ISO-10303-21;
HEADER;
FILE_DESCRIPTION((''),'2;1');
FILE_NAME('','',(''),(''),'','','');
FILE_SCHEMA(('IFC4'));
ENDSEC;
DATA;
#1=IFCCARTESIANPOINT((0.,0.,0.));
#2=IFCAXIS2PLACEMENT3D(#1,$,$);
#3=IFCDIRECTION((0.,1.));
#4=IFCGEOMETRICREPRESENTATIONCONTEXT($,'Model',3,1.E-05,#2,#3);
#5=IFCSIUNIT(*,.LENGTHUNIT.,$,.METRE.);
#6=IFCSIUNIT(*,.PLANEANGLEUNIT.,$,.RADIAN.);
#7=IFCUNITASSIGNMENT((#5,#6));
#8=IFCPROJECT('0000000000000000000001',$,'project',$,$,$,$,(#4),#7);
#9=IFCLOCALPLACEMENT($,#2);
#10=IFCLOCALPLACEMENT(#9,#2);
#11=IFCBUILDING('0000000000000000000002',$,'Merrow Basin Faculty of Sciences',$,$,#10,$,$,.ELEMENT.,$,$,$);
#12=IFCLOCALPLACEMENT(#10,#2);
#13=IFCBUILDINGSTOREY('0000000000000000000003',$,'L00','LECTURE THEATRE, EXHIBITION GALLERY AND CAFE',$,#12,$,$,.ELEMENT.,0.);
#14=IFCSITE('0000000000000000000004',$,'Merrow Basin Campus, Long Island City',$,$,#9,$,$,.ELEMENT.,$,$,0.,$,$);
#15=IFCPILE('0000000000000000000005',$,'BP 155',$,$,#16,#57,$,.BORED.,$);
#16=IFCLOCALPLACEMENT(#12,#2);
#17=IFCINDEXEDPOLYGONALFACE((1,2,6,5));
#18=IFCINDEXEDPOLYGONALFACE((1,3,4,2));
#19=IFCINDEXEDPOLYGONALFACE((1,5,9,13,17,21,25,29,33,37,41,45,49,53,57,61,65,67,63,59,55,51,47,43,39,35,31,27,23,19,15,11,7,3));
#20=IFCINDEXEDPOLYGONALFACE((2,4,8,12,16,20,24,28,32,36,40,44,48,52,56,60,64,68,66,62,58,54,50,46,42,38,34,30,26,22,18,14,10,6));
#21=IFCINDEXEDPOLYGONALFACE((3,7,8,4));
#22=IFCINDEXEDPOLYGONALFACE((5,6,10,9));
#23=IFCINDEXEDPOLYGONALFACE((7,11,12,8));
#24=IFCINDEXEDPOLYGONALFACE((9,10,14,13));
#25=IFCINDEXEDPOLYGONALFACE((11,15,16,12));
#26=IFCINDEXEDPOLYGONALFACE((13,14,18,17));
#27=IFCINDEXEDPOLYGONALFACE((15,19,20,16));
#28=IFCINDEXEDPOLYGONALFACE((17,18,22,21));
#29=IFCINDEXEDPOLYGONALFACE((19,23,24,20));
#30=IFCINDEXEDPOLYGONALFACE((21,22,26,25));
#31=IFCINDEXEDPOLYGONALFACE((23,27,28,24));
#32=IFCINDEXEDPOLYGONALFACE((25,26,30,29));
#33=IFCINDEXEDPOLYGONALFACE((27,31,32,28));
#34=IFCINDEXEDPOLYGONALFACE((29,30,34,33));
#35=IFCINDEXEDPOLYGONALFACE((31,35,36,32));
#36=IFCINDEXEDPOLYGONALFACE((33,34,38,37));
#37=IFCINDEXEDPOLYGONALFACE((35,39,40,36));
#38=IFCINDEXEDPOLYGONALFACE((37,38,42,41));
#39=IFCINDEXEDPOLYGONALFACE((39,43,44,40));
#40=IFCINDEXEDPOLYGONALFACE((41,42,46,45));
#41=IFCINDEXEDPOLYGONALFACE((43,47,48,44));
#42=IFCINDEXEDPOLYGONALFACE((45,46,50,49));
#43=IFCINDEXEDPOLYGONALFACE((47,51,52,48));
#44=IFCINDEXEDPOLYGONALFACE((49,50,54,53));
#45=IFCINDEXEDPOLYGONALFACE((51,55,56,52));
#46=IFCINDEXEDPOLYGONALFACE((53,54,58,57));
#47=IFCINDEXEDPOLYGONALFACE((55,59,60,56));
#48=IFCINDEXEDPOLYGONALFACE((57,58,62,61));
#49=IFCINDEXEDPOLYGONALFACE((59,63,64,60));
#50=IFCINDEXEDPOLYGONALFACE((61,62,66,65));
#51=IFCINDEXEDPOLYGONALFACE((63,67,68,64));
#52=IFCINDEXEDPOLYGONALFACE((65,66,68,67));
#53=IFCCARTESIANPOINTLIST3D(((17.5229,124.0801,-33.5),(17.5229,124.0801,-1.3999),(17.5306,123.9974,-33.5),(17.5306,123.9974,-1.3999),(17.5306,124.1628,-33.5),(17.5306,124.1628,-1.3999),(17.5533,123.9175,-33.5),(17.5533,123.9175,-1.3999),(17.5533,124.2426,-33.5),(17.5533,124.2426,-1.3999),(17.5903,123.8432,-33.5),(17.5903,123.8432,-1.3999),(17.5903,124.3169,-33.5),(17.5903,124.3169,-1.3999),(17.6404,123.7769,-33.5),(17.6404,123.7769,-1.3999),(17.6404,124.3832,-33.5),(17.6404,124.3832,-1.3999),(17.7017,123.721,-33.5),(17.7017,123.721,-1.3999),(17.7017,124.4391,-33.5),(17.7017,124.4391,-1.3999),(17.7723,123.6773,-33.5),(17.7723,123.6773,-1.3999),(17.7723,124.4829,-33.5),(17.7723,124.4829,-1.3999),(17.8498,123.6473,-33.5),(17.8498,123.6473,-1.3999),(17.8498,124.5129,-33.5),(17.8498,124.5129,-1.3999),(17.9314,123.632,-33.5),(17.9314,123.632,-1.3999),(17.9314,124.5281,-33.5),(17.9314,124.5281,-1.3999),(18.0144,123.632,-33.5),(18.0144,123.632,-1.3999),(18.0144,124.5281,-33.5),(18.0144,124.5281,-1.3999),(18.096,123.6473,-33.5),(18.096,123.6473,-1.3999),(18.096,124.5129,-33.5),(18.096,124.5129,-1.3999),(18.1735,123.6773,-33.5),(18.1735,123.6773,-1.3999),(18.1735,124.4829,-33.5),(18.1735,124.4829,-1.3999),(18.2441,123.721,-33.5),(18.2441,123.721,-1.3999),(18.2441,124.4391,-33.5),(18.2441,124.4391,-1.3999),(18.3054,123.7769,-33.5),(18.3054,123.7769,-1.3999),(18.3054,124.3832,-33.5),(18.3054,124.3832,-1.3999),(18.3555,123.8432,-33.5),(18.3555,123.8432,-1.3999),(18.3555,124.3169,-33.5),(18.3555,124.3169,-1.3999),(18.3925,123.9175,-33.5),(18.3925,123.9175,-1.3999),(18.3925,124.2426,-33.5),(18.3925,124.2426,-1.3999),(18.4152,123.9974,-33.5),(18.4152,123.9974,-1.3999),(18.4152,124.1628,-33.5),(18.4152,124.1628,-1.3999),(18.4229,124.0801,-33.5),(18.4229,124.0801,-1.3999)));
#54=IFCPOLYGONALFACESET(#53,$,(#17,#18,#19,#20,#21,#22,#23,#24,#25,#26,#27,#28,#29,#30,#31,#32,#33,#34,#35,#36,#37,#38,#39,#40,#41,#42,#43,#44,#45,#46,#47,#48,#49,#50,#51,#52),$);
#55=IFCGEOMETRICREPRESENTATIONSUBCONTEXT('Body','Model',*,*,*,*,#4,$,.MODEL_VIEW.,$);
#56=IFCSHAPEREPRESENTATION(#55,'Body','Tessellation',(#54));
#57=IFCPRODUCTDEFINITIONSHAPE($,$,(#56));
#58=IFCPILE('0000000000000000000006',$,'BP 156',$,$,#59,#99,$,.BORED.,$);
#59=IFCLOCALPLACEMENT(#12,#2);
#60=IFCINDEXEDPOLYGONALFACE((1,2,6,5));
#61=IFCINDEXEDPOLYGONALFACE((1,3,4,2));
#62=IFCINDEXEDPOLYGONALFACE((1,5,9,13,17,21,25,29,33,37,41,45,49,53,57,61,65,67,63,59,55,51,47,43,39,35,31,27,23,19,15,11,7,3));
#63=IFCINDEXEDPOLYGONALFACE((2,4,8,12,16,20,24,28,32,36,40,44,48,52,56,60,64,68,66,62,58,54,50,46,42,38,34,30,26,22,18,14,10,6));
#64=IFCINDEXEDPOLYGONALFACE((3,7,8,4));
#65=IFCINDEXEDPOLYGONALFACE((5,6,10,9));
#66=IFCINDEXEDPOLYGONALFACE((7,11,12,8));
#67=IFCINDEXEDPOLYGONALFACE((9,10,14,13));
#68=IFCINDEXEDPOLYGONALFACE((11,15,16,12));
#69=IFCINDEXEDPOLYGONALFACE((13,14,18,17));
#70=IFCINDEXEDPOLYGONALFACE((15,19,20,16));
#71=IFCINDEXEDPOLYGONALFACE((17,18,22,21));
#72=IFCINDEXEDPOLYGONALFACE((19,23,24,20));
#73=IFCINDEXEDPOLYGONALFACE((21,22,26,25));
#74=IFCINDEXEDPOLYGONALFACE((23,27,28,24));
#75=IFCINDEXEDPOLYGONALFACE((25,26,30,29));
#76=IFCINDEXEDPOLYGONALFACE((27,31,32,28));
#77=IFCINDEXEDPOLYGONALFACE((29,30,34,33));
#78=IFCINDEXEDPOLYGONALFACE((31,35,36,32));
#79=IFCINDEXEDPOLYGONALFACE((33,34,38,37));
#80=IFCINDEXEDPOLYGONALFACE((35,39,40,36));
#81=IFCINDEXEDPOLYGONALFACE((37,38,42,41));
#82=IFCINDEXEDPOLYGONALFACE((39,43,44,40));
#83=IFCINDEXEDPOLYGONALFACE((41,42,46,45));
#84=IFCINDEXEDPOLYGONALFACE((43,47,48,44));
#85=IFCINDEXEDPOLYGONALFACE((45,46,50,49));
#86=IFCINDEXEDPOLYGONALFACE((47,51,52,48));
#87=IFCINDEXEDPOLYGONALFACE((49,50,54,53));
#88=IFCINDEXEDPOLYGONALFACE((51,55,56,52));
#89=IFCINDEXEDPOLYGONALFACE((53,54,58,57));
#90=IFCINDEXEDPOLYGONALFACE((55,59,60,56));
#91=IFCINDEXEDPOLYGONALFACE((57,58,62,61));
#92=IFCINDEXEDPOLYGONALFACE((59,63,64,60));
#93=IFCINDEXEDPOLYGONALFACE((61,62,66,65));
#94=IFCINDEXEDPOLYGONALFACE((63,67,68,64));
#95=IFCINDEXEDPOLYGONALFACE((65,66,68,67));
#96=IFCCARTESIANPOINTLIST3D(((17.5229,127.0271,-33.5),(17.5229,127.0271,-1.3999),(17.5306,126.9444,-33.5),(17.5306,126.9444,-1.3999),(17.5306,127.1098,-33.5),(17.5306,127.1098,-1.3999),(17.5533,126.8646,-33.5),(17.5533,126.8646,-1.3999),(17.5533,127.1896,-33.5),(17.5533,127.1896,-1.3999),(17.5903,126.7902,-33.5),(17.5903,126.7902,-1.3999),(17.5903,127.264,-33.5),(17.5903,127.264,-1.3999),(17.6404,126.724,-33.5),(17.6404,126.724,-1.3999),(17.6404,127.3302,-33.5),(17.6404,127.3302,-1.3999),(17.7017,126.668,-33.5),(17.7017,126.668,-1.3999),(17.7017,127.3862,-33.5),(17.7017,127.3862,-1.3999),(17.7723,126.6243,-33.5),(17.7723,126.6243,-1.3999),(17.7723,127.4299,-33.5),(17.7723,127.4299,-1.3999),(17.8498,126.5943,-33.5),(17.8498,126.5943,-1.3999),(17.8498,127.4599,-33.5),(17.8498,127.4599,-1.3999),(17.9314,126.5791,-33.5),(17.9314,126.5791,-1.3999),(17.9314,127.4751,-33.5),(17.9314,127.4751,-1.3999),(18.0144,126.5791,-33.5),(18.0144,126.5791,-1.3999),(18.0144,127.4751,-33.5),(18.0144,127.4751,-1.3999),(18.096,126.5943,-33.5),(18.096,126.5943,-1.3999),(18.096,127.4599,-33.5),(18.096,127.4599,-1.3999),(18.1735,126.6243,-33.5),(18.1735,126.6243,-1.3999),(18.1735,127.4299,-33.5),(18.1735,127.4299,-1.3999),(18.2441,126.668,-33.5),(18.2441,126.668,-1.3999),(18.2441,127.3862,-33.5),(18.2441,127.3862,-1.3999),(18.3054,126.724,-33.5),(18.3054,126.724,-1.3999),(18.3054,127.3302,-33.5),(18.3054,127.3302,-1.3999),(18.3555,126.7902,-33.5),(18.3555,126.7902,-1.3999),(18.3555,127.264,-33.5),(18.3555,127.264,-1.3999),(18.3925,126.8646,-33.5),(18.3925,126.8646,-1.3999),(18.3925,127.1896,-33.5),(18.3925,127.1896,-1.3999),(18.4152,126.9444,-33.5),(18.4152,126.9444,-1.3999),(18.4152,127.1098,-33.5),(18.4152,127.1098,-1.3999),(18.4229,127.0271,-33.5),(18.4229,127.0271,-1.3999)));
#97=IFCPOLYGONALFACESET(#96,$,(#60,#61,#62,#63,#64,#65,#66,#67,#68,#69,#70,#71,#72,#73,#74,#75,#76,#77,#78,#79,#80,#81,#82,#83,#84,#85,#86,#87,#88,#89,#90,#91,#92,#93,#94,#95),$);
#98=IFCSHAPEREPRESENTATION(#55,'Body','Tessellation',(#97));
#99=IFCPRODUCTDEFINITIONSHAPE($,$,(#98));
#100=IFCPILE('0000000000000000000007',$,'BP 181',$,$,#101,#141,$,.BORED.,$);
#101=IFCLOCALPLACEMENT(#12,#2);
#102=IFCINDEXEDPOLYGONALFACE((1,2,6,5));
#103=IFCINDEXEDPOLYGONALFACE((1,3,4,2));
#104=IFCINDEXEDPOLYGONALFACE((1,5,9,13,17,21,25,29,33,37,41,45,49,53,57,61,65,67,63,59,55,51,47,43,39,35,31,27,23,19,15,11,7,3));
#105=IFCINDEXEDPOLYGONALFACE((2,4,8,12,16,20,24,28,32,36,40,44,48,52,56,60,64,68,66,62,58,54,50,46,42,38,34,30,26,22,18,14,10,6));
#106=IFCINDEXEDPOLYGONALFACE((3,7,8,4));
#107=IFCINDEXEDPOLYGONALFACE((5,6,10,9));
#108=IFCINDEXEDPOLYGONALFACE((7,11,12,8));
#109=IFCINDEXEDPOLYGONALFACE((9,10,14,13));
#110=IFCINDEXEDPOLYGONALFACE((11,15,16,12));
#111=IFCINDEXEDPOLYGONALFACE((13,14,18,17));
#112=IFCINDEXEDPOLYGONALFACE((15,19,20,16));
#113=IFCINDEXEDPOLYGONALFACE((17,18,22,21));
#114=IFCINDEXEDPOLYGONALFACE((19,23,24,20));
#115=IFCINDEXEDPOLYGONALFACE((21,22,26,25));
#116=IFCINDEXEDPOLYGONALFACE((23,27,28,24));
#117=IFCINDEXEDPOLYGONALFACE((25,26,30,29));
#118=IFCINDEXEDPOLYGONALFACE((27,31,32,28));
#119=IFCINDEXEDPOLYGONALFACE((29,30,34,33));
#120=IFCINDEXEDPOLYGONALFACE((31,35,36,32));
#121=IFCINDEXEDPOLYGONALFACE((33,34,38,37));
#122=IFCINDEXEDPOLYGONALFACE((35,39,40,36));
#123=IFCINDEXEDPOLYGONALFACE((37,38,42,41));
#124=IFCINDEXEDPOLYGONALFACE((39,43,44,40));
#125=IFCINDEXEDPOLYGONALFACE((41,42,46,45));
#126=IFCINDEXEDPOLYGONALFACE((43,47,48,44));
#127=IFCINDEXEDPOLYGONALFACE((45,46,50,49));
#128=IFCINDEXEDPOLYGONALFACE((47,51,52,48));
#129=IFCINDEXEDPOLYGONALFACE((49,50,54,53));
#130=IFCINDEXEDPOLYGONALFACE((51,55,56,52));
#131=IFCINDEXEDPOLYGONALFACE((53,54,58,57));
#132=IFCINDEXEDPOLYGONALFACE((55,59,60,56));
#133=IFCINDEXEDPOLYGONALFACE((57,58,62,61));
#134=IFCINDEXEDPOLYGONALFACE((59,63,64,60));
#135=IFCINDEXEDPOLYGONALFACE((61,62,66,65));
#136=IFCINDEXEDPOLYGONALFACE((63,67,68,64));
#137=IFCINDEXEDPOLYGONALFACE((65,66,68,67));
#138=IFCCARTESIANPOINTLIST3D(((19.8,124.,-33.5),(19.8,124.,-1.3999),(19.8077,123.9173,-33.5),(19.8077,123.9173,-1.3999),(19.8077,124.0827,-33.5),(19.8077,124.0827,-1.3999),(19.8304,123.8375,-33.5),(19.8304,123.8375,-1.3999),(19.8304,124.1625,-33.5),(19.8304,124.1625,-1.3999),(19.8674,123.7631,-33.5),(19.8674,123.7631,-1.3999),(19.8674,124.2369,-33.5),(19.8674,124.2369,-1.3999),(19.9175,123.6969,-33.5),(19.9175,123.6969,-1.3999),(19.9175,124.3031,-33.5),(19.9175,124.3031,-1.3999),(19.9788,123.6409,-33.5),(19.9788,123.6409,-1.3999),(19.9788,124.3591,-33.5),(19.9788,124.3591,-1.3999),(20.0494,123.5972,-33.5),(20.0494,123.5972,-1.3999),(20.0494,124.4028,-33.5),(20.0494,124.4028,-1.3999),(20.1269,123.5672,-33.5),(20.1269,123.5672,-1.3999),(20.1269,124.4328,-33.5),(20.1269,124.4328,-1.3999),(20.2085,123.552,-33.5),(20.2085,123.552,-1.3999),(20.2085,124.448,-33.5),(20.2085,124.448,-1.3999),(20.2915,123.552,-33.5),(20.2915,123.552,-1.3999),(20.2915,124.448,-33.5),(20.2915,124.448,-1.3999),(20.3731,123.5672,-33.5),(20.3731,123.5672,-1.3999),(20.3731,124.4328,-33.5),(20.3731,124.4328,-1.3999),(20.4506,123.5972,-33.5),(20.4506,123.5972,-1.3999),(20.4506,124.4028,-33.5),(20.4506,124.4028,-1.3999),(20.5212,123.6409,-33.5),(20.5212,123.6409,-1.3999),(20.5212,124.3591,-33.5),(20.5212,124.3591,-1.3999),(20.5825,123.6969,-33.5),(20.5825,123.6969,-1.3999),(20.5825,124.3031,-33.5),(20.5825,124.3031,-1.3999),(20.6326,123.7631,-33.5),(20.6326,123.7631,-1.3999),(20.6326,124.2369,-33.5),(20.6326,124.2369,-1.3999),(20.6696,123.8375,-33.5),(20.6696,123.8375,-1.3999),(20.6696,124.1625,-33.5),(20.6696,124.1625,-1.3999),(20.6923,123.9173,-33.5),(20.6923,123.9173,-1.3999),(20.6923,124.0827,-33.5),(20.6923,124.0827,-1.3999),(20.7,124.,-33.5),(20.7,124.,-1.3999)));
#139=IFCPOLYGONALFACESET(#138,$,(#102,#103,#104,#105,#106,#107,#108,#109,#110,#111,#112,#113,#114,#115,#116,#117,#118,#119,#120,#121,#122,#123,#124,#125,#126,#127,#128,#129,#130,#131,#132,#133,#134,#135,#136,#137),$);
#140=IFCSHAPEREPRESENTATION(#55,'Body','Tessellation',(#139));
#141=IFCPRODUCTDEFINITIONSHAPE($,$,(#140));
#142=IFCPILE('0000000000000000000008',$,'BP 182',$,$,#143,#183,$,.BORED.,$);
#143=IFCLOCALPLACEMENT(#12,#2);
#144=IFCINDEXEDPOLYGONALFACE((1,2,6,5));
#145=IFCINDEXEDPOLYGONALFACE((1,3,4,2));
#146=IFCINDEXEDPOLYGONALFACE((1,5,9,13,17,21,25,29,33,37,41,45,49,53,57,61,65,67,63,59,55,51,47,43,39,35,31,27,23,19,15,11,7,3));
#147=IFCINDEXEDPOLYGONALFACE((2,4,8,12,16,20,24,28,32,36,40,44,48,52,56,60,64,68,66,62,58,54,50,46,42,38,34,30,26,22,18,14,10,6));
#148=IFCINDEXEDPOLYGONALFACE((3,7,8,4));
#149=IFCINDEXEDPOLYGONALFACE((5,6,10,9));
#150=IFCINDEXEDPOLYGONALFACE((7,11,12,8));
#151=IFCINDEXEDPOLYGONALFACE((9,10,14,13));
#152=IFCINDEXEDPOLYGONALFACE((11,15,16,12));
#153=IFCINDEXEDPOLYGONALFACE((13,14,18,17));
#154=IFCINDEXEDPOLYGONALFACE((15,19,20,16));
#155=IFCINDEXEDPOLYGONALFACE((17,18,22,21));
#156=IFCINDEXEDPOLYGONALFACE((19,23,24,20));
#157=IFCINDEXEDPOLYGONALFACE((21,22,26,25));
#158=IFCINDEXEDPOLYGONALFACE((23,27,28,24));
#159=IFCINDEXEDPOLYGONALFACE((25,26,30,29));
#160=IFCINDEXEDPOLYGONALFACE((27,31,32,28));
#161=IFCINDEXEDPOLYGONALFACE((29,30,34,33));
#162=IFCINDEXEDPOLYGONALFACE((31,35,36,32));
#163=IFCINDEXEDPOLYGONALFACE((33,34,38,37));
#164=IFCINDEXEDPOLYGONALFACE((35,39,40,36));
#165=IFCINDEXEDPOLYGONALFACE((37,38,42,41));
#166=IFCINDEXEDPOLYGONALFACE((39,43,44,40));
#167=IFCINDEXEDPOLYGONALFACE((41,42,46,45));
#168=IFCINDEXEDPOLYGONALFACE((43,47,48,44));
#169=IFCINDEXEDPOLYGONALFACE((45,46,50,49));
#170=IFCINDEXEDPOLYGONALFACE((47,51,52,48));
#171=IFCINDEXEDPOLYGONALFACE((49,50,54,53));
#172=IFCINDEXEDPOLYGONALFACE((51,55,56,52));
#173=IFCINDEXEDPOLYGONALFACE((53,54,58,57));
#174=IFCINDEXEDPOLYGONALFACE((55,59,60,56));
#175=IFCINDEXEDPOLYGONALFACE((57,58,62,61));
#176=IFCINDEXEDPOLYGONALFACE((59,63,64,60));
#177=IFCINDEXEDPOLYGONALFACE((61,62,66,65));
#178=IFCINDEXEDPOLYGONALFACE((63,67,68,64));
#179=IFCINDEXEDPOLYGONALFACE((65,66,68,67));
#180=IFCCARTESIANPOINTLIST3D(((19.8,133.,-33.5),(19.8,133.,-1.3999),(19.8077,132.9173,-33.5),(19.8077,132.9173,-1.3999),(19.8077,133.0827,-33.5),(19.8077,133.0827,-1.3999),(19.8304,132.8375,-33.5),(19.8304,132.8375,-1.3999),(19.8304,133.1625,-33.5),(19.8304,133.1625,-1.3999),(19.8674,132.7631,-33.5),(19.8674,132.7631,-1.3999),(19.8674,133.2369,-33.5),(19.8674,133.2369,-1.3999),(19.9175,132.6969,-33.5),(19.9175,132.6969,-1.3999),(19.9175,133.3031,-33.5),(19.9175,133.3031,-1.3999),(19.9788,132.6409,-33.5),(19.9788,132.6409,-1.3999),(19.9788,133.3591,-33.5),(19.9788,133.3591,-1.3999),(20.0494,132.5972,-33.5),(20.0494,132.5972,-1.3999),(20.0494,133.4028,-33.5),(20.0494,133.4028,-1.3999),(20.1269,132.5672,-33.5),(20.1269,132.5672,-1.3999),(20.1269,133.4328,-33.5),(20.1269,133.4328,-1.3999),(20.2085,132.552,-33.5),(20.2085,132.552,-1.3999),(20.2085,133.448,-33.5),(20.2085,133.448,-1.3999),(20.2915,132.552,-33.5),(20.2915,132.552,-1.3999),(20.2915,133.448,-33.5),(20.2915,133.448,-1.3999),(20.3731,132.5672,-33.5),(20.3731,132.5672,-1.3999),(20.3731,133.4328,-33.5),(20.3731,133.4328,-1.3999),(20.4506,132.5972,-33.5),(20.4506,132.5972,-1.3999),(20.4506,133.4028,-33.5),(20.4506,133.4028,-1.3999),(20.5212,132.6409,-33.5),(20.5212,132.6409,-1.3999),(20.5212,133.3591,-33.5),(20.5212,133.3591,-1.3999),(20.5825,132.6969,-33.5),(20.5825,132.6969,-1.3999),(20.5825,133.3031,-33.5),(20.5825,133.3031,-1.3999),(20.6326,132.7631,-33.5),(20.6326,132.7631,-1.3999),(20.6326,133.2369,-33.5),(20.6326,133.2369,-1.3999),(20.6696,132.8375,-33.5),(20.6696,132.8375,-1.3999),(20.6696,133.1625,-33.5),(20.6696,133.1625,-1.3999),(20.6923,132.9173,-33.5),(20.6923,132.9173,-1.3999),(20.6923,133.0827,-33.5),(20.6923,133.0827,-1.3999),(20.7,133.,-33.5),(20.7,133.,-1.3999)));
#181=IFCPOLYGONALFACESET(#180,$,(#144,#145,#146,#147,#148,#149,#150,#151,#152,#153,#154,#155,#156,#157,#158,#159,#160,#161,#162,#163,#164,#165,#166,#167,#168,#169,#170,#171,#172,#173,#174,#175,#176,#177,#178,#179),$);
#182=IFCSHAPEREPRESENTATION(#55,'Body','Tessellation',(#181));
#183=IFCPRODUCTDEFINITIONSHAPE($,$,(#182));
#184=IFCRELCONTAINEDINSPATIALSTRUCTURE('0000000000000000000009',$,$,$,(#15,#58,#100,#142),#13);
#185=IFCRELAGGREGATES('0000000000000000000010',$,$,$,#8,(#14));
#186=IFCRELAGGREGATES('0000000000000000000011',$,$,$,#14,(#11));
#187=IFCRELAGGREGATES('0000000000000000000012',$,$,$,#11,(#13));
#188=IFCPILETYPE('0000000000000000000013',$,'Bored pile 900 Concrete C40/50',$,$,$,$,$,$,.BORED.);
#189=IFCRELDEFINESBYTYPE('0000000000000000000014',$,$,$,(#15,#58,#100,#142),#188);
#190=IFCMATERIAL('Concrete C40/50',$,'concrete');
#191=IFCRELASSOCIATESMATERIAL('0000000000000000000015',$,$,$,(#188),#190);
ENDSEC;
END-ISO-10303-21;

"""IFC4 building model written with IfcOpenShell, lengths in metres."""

from ifc_helpers import new_model, si_unit, direction, frame, origin, origin_2d, place, context, subcontext, project, spatial, circle, extrude, material, material_profile, profile_set, type_object, element, save


model = new_model("IFC4")

# Units and contexts
model_context = context("Model", 3, precision=1e-05, world=origin(), true_north=direction((0.0, 1.0)))
body_context = subcontext(model_context, "Body", "Model", "MODEL_VIEW")
ifc_project = project(units=[si_unit("LENGTHUNIT", "METRE"), si_unit("PLANEANGLEUNIT", "RADIAN")], contexts=[model_context])

# Site, building, storey
site_placement = place(None, origin())
site = spatial("IfcSite", under=ifc_project, at=site_placement, Name="Merrow Basin Campus, Long Island City", CompositionType="ELEMENT", RefElevation=0.0)
building_placement = place(site_placement, origin())
building = spatial("IfcBuilding", under=site, at=building_placement, Name="Merrow Basin Faculty of Sciences", CompositionType="ELEMENT")
storey_placement = place(building_placement, origin())
storey = spatial("IfcBuildingStorey", under=building, at=storey_placement, Name="L00", Description="LECTURE THEATRE, EXHIBITION GALLERY AND CAFE", CompositionType="ELEMENT", Elevation=0.0)

# Piles
ifc_material_1 = material(Name="Concrete C40/50", Category="concrete")
ifc_material_profile_1 = material_profile(ifc_material_1, circle(Radius=0.45, at=origin_2d()))
ifc_profile_set_1 = profile_set([ifc_material_profile_1], Name="Concrete C40/50")
pile_type_1 = type_object("IfcPileType", Name="Bored pile 900 Concrete C40/50", PredefinedType="BORED", material=ifc_profile_set_1)
for number, where, z_axis, x_axis, name in (
    (1, (17.9729, 124.0801, -1.3999), (0.0, 0.0, -1.0), (1.0, 0.0, 0.0), "BP 155"),
    (2, (17.9729, 127.0271, -1.3999), (0.0, 0.0, -1.0), (1.0, 0.0, 0.0), "BP 156"),
    (3, (20.25, 124.0, -1.3999), (0.0, 0.0, -1.0), (1.0, 0.0, 0.0), "BP 181"),
    (4, (20.25, 133.0, -1.3999), (0.0, 0.0, -1.0), (1.0, 0.0, 0.0), "BP 182"),
):
    element("IfcPile", number, at=place(storey_placement, frame(where, z_axis=z_axis, x_axis=x_axis)), inside=storey, type_object=pile_type_1, Name=name, PredefinedType="BORED", context=body_context, shape_type="SweptSolid", body=[
        extrude(circle(Radius=0.45, at=origin_2d()), origin(), (0.0, 0.0, 1.0), 32.1001),
    ])

save(model, "model.ifc")
